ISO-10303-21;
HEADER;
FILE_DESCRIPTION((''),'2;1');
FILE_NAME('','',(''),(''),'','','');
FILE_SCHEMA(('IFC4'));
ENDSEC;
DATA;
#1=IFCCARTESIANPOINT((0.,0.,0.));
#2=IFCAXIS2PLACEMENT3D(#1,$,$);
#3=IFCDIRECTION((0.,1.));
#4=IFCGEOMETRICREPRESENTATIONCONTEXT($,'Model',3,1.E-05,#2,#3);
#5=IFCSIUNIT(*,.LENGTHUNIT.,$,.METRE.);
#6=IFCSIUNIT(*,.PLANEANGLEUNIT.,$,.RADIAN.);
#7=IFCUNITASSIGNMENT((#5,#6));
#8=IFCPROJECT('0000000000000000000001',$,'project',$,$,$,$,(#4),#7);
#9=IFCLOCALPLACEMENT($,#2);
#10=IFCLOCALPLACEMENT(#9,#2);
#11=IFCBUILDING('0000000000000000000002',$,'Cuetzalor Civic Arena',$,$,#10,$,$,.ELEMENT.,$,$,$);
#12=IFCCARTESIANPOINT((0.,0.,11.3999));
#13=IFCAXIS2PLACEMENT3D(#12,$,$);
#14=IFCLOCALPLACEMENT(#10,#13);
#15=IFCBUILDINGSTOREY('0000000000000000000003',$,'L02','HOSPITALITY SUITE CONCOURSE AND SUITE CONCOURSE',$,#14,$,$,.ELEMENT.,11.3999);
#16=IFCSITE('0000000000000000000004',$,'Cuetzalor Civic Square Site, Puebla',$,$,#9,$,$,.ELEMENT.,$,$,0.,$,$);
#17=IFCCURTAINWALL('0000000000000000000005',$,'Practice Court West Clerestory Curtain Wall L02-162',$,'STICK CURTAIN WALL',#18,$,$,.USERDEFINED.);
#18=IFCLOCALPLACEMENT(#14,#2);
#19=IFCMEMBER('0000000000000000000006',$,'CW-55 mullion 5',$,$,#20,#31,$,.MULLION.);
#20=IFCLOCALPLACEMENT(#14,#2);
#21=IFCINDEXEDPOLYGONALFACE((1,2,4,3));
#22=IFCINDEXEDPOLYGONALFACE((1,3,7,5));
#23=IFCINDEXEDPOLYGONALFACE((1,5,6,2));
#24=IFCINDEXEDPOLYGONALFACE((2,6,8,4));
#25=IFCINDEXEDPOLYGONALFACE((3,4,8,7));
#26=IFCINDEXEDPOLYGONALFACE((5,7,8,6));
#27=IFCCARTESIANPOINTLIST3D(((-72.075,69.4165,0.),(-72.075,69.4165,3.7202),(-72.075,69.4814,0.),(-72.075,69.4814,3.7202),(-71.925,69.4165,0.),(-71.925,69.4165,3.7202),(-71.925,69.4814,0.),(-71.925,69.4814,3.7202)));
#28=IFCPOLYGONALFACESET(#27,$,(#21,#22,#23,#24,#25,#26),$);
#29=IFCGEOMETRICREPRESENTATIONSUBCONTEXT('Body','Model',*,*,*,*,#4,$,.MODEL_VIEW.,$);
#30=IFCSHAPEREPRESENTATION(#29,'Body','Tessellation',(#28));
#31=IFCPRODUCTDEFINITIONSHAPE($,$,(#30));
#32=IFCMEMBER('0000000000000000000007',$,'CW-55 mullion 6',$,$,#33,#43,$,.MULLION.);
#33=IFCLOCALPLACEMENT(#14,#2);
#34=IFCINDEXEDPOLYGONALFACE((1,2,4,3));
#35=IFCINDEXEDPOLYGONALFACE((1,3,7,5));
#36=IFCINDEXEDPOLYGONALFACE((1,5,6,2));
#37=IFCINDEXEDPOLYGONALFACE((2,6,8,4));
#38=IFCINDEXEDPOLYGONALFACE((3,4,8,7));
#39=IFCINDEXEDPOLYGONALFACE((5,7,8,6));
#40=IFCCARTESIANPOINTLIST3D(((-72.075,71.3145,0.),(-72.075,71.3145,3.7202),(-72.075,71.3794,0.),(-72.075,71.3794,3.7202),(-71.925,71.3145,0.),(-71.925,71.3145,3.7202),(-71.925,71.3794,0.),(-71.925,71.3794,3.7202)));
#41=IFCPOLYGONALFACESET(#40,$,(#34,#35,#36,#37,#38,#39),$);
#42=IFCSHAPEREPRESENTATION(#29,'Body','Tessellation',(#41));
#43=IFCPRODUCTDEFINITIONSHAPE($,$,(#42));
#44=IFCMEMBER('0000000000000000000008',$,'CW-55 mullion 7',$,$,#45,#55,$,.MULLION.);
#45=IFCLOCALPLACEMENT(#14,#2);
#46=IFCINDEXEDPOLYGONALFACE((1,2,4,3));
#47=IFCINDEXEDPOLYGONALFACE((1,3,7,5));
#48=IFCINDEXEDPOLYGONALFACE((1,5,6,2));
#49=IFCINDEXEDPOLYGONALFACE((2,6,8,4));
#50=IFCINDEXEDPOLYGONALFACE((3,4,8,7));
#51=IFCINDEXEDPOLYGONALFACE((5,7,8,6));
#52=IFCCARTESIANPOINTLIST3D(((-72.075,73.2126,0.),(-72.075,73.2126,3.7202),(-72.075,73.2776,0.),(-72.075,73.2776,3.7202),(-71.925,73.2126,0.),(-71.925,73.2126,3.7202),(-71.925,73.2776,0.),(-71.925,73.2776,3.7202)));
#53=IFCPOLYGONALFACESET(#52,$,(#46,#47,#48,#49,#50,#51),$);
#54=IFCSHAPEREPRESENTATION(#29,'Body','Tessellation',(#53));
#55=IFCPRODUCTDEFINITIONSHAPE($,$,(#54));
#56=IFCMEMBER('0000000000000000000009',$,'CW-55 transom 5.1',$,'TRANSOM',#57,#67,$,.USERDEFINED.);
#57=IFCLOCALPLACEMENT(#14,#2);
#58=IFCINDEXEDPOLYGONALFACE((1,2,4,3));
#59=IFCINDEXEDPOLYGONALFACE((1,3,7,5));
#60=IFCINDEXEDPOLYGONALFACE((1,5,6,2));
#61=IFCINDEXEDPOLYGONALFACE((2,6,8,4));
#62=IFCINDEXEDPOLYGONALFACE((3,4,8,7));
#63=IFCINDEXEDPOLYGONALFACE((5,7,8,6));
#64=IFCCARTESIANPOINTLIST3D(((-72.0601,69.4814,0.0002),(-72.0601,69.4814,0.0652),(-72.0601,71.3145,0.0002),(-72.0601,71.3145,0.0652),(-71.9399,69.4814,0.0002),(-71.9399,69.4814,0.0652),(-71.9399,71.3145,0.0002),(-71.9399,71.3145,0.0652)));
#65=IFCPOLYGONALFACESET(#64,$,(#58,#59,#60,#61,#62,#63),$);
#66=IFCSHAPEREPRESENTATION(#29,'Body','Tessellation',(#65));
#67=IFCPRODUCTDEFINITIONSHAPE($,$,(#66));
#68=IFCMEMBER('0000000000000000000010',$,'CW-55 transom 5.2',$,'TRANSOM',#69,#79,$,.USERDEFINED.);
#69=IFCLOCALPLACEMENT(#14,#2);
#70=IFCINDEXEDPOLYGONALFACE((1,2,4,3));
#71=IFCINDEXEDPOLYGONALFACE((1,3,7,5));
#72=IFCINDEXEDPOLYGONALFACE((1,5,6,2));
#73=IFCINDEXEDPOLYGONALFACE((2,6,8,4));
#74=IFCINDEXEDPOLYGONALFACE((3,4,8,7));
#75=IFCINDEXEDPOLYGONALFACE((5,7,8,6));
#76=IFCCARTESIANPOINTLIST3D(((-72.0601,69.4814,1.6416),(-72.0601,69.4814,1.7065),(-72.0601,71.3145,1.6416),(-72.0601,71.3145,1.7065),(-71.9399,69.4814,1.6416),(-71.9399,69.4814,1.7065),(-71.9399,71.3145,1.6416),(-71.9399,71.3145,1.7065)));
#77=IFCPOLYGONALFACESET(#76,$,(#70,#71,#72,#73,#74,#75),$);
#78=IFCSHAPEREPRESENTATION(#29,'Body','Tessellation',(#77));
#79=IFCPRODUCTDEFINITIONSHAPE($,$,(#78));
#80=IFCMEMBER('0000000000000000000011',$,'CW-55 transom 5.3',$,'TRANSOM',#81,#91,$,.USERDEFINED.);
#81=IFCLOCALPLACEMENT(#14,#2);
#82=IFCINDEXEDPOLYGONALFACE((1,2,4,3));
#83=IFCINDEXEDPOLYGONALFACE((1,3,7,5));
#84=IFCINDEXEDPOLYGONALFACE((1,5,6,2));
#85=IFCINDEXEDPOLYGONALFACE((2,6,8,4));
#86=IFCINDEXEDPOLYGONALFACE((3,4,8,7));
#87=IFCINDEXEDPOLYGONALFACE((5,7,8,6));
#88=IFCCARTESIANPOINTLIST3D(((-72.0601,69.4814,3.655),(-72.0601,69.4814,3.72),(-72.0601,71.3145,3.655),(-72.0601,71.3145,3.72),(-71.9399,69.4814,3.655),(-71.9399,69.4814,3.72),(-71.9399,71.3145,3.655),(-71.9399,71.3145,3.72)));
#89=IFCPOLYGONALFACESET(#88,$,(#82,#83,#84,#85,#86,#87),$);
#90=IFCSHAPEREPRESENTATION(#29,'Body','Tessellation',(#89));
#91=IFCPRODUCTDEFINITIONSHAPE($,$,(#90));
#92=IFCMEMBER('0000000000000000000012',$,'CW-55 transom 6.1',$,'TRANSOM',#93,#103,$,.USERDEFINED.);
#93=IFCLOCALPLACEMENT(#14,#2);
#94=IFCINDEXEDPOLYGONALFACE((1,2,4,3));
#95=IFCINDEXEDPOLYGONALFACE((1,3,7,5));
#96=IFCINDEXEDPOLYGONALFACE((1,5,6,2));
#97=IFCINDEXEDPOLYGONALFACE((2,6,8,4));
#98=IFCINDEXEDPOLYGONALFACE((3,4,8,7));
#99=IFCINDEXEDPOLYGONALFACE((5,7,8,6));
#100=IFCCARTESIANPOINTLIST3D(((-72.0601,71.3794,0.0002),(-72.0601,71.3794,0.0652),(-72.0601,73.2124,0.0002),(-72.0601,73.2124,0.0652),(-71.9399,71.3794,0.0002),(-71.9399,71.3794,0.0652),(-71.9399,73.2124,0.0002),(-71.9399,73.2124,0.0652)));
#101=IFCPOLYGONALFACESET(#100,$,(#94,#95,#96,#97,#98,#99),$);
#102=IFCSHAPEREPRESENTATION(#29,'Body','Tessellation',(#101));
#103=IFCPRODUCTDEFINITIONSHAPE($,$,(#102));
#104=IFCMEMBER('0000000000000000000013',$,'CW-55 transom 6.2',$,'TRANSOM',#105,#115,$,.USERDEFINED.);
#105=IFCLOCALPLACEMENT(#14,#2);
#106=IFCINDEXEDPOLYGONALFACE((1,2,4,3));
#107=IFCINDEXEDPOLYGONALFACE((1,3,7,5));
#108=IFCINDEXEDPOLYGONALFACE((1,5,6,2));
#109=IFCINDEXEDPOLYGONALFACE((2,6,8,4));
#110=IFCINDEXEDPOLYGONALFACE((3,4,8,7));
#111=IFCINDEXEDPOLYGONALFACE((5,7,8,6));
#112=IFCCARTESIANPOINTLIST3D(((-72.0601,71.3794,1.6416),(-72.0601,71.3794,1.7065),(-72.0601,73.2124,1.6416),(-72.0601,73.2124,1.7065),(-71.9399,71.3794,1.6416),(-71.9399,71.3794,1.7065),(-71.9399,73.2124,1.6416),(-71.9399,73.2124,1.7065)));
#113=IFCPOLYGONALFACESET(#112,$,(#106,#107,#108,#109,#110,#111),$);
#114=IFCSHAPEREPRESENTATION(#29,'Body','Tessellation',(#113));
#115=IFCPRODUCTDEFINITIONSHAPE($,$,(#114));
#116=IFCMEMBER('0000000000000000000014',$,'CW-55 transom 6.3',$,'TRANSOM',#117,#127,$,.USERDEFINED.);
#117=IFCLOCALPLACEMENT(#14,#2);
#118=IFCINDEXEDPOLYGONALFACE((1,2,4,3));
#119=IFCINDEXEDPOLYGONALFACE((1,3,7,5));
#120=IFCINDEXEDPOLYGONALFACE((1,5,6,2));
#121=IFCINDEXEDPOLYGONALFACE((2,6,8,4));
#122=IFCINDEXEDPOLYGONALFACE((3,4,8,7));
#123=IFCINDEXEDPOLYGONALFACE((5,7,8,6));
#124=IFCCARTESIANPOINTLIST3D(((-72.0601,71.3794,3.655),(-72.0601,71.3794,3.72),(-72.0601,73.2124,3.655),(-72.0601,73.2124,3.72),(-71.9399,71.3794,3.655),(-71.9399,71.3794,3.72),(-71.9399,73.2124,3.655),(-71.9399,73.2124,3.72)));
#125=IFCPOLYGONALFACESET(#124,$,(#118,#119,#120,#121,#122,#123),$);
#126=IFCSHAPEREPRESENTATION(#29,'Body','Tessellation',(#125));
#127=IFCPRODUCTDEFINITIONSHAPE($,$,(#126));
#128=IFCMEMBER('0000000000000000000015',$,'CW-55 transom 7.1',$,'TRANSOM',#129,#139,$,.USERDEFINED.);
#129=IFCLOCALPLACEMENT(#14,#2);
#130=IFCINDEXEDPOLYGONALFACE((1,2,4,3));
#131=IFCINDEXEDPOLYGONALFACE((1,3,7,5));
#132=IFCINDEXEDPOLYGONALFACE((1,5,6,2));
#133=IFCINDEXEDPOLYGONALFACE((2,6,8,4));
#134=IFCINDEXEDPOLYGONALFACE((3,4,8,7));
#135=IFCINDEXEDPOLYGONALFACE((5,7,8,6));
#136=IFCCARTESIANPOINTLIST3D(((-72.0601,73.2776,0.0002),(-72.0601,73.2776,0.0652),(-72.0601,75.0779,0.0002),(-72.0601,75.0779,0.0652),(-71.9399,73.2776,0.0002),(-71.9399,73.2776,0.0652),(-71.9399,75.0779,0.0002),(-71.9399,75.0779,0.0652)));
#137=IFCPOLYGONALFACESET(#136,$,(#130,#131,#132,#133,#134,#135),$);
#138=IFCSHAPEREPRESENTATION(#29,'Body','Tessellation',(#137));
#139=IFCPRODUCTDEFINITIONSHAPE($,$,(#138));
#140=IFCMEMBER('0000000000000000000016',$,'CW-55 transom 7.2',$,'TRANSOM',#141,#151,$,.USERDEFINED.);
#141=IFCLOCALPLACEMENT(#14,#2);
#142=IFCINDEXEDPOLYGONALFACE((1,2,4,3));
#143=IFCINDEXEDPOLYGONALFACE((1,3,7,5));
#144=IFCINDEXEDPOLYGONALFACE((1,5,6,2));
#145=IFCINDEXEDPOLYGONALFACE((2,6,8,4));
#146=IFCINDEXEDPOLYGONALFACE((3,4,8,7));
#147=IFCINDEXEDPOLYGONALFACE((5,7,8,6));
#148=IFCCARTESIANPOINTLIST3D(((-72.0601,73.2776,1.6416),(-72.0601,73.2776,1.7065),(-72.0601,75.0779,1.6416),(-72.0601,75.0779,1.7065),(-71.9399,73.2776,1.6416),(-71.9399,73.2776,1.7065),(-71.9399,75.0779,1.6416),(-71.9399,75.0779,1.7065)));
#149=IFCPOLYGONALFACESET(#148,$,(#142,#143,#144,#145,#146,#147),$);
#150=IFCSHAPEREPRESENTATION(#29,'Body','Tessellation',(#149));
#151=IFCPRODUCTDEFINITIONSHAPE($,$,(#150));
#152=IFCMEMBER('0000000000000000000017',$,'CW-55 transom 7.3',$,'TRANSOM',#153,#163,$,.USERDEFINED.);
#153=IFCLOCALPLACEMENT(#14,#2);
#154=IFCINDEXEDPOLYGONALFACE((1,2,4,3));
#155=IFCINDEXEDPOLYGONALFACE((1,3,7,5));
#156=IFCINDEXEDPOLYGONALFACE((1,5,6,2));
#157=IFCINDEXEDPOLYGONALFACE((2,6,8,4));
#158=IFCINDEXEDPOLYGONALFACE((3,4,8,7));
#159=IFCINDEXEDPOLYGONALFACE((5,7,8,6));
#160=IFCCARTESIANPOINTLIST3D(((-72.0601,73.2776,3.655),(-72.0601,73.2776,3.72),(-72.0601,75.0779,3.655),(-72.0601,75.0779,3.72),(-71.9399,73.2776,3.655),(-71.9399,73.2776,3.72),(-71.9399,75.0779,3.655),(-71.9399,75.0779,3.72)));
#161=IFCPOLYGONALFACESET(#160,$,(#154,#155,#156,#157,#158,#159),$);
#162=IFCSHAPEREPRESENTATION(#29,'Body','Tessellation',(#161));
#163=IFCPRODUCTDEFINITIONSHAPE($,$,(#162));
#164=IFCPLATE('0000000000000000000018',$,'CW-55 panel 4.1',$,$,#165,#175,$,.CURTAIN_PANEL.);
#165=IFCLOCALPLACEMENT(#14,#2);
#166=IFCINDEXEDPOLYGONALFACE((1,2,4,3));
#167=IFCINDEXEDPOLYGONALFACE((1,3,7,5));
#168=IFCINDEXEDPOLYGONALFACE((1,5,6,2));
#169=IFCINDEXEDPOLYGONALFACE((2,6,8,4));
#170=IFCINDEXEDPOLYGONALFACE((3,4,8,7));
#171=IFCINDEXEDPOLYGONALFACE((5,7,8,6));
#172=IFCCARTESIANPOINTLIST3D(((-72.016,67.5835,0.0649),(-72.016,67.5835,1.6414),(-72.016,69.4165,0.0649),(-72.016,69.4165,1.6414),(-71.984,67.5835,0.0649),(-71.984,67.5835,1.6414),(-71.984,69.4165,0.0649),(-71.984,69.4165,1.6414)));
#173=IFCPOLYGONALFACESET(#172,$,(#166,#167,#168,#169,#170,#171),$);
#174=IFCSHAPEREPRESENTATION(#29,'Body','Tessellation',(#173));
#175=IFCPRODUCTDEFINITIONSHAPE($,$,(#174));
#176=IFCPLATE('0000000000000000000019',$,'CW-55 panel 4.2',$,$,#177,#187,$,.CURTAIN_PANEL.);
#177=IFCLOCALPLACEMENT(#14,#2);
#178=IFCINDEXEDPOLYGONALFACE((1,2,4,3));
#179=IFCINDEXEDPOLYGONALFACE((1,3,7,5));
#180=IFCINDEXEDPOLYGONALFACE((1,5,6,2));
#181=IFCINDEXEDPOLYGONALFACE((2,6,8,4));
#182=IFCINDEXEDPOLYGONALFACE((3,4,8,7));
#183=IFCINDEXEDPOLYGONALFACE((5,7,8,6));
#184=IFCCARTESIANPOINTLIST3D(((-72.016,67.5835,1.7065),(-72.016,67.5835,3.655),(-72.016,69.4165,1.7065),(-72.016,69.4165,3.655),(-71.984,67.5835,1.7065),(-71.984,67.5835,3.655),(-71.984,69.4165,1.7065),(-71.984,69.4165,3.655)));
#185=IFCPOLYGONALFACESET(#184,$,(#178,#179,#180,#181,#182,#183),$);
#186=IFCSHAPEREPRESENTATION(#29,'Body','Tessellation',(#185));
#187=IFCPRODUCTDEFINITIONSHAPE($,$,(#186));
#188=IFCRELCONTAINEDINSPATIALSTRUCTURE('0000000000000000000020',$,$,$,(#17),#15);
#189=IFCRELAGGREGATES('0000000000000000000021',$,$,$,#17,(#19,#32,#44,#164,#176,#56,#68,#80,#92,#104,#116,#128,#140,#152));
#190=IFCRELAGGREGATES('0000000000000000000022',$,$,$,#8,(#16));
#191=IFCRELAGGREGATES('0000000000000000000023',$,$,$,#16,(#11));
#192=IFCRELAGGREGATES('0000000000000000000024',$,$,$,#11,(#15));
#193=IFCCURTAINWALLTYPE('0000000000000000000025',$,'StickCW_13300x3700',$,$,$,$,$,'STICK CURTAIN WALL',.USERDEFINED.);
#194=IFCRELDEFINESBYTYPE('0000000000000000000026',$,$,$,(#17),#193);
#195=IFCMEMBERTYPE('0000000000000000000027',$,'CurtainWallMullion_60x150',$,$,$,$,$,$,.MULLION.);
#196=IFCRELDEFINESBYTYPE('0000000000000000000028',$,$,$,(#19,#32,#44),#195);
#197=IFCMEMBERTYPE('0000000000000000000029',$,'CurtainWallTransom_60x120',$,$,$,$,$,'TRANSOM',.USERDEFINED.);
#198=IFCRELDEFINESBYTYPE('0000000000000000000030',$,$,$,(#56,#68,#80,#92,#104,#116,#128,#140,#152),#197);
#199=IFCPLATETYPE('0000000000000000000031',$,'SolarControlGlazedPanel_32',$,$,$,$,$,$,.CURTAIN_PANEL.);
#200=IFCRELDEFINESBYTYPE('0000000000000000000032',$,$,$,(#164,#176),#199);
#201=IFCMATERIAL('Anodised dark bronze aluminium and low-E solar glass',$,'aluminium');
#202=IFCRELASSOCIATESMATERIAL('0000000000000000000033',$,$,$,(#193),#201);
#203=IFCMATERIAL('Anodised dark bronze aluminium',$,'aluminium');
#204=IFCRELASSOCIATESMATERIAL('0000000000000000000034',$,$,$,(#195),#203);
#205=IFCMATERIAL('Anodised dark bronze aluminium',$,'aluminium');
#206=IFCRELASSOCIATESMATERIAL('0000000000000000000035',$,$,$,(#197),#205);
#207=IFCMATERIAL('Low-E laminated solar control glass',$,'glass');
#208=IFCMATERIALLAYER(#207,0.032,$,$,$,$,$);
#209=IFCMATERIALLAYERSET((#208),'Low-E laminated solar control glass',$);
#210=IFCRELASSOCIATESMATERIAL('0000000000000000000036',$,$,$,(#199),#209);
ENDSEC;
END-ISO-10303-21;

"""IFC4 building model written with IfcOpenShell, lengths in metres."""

from ifc_helpers import new_model, si_unit, direction, frame, origin, origin_2d, place, context, subcontext, project, spatial, rectangle, extrude, material, layer, layer_set, material_profile, profile_set, type_object, element, aggregate, save


model = new_model("IFC4")

# Units and contexts
model_context = context("Model", 3, precision=1e-05, world=origin(), true_north=direction((0.0, 1.0)))
body_context = subcontext(model_context, "Body", "Model", "MODEL_VIEW")
ifc_project = project(units=[si_unit("LENGTHUNIT", "METRE"), si_unit("PLANEANGLEUNIT", "RADIAN")], contexts=[model_context])

# Site, building, storey
site_placement = place(None, origin())
site = spatial("IfcSite", under=ifc_project, at=site_placement, Name="Cuetzalor Civic Square Site, Puebla", CompositionType="ELEMENT", RefElevation=0.0)
building_placement = place(site_placement, origin())
building = spatial("IfcBuilding", under=site, at=building_placement, Name="Cuetzalor Civic Arena", CompositionType="ELEMENT")
storey_placement = place(building_placement, frame((0.0, 0.0, 11.3999)))
storey = spatial("IfcBuildingStorey", under=building, at=storey_placement, Name="L02", Description="HOSPITALITY SUITE CONCOURSE AND SUITE CONCOURSE", CompositionType="ELEMENT", Elevation=11.3999)

# Curtain wall, members, plates
ifc_material_1 = material(Name="Anodised dark bronze aluminium and low-E solar glass", Category="aluminium")
curtain_wall_type = type_object("IfcCurtainWallType", Name="StickCW_13300x3700", ElementType="STICK CURTAIN WALL", PredefinedType="USERDEFINED", material=ifc_material_1)
curtain_wall_placement = place(storey_placement, origin())
curtain_wall = element("IfcCurtainWall", 1, at=curtain_wall_placement, inside=storey, type_object=curtain_wall_type, Name="Practice Court West Clerestory Curtain Wall L02-162", ObjectType="STICK CURTAIN WALL", PredefinedType="USERDEFINED")
ifc_material_2 = material(Name="Anodised dark bronze aluminium", Category="aluminium")
ifc_material_profile_1 = material_profile(ifc_material_2, rectangle(XDim=0.0649, YDim=0.1499, at=origin_2d()), Name="ALU MULLION 65x150")
ifc_profile_set_1 = profile_set([ifc_material_profile_1], Name="Anodised dark bronze aluminium")
member_type_1 = type_object("IfcMemberType", Name="CurtainWallMullion_60x150", PredefinedType="MULLION", material=ifc_profile_set_1)
member_1_placement = place(storey_placement, frame((-72.0, 69.449, 0.0), z_axis=(0.0, 0.0, 1.0), x_axis=(0.0, 1.0, 0.0)))
member_1 = element("IfcMember", 2, at=member_1_placement, type_object=member_type_1, Name="CW-55 mullion 5", PredefinedType="MULLION", context=body_context, shape_type="SweptSolid", body=[
    extrude(rectangle(XDim=0.0649, YDim=0.1499, at=origin_2d()), origin(), (0.0, 0.0, 1.0), 3.7202),
])
member_2_placement = place(storey_placement, frame((-72.0, 71.3469, 0.0), z_axis=(0.0, 0.0, 1.0), x_axis=(0.0, 1.0, 0.0)))
member_2 = element("IfcMember", 3, at=member_2_placement, type_object=member_type_1, Name="CW-55 mullion 6", PredefinedType="MULLION", context=body_context, shape_type="SweptSolid", body=[
    extrude(rectangle(XDim=0.0649, YDim=0.1499, at=origin_2d()), origin(), (0.0, 0.0, 1.0), 3.7202),
])
member_3_placement = place(storey_placement, frame((-72.0, 73.2451, 0.0), z_axis=(0.0, 0.0, 1.0), x_axis=(0.0, 1.0, 0.0)))
member_3 = element("IfcMember", 4, at=member_3_placement, type_object=member_type_1, Name="CW-55 mullion 7", PredefinedType="MULLION", context=body_context, shape_type="SweptSolid", body=[
    extrude(rectangle(XDim=0.0649, YDim=0.1499, at=origin_2d()), origin(), (0.0, 0.0, 1.0), 3.7202),
])
ifc_material_3 = material(Name="Anodised dark bronze aluminium", Category="aluminium")
ifc_material_profile_2 = material_profile(ifc_material_3, rectangle(XDim=0.1201, YDim=0.0649, at=origin_2d()), Name="ALU TRANSOM 65x120")
ifc_profile_set_2 = profile_set([ifc_material_profile_2], Name="Anodised dark bronze aluminium")
member_type_2 = type_object("IfcMemberType", Name="CurtainWallTransom_60x120", ElementType="TRANSOM", PredefinedType="USERDEFINED", material=ifc_profile_set_2)
member_4_placement = place(storey_placement, frame((-72.0, 69.4814, 0.0327), z_axis=(0.0, 1.0, 0.0), x_axis=(-1.0, 0.0, 0.0)))
member_4 = element("IfcMember", 5, at=member_4_placement, type_object=member_type_2, Name="CW-55 transom 5.1", ObjectType="TRANSOM", PredefinedType="USERDEFINED", context=body_context, shape_type="SweptSolid", body=[
    extrude(rectangle(XDim=0.1201, YDim=0.0649, at=origin_2d()), origin(), (0.0, 0.0, 1.0), 1.833),
])
member_5_placement = place(storey_placement, frame((-72.0, 69.4814, 1.6741), z_axis=(0.0, 1.0, 0.0), x_axis=(-1.0, 0.0, 0.0)))
member_5 = element("IfcMember", 6, at=member_5_placement, type_object=member_type_2, Name="CW-55 transom 5.2", ObjectType="TRANSOM", PredefinedType="USERDEFINED", context=body_context, shape_type="SweptSolid", body=[
    extrude(rectangle(XDim=0.1201, YDim=0.0649, at=origin_2d()), origin(), (0.0, 0.0, 1.0), 1.833),
])
member_6_placement = place(storey_placement, frame((-72.0, 69.4814, 3.6875), z_axis=(0.0, 1.0, 0.0), x_axis=(-1.0, 0.0, 0.0)))
member_6 = element("IfcMember", 7, at=member_6_placement, type_object=member_type_2, Name="CW-55 transom 5.3", ObjectType="TRANSOM", PredefinedType="USERDEFINED", context=body_context, shape_type="SweptSolid", body=[
    extrude(rectangle(XDim=0.1201, YDim=0.0649, at=origin_2d()), origin(), (0.0, 0.0, 1.0), 1.833),
])
member_7_placement = place(storey_placement, frame((-72.0, 71.3794, 0.0327), z_axis=(0.0, 1.0, 0.0), x_axis=(-1.0, 0.0, 0.0)))
member_7 = element("IfcMember", 8, at=member_7_placement, type_object=member_type_2, Name="CW-55 transom 6.1", ObjectType="TRANSOM", PredefinedType="USERDEFINED", context=body_context, shape_type="SweptSolid", body=[
    extrude(rectangle(XDim=0.1201, YDim=0.0649, at=origin_2d()), origin(), (0.0, 0.0, 1.0), 1.833),
])
member_8_placement = place(storey_placement, frame((-72.0, 71.3794, 1.6741), z_axis=(0.0, 1.0, 0.0), x_axis=(-1.0, 0.0, 0.0)))
member_8 = element("IfcMember", 9, at=member_8_placement, type_object=member_type_2, Name="CW-55 transom 6.2", ObjectType="TRANSOM", PredefinedType="USERDEFINED", context=body_context, shape_type="SweptSolid", body=[
    extrude(rectangle(XDim=0.1201, YDim=0.0649, at=origin_2d()), origin(), (0.0, 0.0, 1.0), 1.833),
])
member_9_placement = place(storey_placement, frame((-72.0, 71.3794, 3.6875), z_axis=(0.0, 1.0, 0.0), x_axis=(-1.0, 0.0, 0.0)))
member_9 = element("IfcMember", 10, at=member_9_placement, type_object=member_type_2, Name="CW-55 transom 6.3", ObjectType="TRANSOM", PredefinedType="USERDEFINED", context=body_context, shape_type="SweptSolid", body=[
    extrude(rectangle(XDim=0.1201, YDim=0.0649, at=origin_2d()), origin(), (0.0, 0.0, 1.0), 1.833),
])
member_10_placement = place(storey_placement, frame((-72.0, 73.2776, 0.0327), z_axis=(0.0, 1.0, 0.0), x_axis=(-1.0, 0.0, 0.0)))
member_10 = element("IfcMember", 11, at=member_10_placement, type_object=member_type_2, Name="CW-55 transom 7.1", ObjectType="TRANSOM", PredefinedType="USERDEFINED", context=body_context, shape_type="SweptSolid", body=[
    extrude(rectangle(XDim=0.1201, YDim=0.0649, at=origin_2d()), origin(), (0.0, 0.0, 1.0), 1.8003),
])
member_11_placement = place(storey_placement, frame((-72.0, 73.2776, 1.6741), z_axis=(0.0, 1.0, 0.0), x_axis=(-1.0, 0.0, 0.0)))
member_11 = element("IfcMember", 12, at=member_11_placement, type_object=member_type_2, Name="CW-55 transom 7.2", ObjectType="TRANSOM", PredefinedType="USERDEFINED", context=body_context, shape_type="SweptSolid", body=[
    extrude(rectangle(XDim=0.1201, YDim=0.0649, at=origin_2d()), origin(), (0.0, 0.0, 1.0), 1.8003),
])
member_12_placement = place(storey_placement, frame((-72.0, 73.2776, 3.6875), z_axis=(0.0, 1.0, 0.0), x_axis=(-1.0, 0.0, 0.0)))
member_12 = element("IfcMember", 13, at=member_12_placement, type_object=member_type_2, Name="CW-55 transom 7.3", ObjectType="TRANSOM", PredefinedType="USERDEFINED", context=body_context, shape_type="SweptSolid", body=[
    extrude(rectangle(XDim=0.1201, YDim=0.0649, at=origin_2d()), origin(), (0.0, 0.0, 1.0), 1.8003),
])
ifc_material_4 = material(Name="Low-E laminated solar control glass", Category="glass")
ifc_layer = layer(ifc_material_4, 0.032)
ifc_layer_set = layer_set([ifc_layer], Name="Low-E laminated solar control glass")
plate_type = type_object("IfcPlateType", Name="SolarControlGlazedPanel_32", PredefinedType="CURTAIN_PANEL", material=ifc_layer_set)
plate_1_placement = place(storey_placement, frame((-72.0, 68.5, 0.0649), z_axis=(0.0, 0.0, 1.0), x_axis=(0.0, 1.0, 0.0)))
plate_1 = element("IfcPlate", 14, at=plate_1_placement, type_object=plate_type, Name="CW-55 panel 4.1", PredefinedType="CURTAIN_PANEL", context=body_context, shape_type="SweptSolid", body=[
    extrude(rectangle(XDim=1.833, YDim=0.032, at=origin_2d()), origin(), (0.0, 0.0, 1.0), 1.5764),
])
plate_2_placement = place(storey_placement, frame((-72.0, 68.5, 1.7065), z_axis=(0.0, 0.0, 1.0), x_axis=(0.0, 1.0, 0.0)))
plate_2 = element("IfcPlate", 15, at=plate_2_placement, type_object=plate_type, Name="CW-55 panel 4.2", PredefinedType="CURTAIN_PANEL", context=body_context, shape_type="SweptSolid", body=[
    extrude(rectangle(XDim=1.833, YDim=0.032, at=origin_2d()), origin(), (0.0, 0.0, 1.0), 1.9485),
])
aggregate(curtain_wall, [member_1, member_2, member_3, plate_1, plate_2, member_4, member_5, member_6, member_7, member_8, member_9, member_10, member_11, member_12])

save(model, "model.ifc")
